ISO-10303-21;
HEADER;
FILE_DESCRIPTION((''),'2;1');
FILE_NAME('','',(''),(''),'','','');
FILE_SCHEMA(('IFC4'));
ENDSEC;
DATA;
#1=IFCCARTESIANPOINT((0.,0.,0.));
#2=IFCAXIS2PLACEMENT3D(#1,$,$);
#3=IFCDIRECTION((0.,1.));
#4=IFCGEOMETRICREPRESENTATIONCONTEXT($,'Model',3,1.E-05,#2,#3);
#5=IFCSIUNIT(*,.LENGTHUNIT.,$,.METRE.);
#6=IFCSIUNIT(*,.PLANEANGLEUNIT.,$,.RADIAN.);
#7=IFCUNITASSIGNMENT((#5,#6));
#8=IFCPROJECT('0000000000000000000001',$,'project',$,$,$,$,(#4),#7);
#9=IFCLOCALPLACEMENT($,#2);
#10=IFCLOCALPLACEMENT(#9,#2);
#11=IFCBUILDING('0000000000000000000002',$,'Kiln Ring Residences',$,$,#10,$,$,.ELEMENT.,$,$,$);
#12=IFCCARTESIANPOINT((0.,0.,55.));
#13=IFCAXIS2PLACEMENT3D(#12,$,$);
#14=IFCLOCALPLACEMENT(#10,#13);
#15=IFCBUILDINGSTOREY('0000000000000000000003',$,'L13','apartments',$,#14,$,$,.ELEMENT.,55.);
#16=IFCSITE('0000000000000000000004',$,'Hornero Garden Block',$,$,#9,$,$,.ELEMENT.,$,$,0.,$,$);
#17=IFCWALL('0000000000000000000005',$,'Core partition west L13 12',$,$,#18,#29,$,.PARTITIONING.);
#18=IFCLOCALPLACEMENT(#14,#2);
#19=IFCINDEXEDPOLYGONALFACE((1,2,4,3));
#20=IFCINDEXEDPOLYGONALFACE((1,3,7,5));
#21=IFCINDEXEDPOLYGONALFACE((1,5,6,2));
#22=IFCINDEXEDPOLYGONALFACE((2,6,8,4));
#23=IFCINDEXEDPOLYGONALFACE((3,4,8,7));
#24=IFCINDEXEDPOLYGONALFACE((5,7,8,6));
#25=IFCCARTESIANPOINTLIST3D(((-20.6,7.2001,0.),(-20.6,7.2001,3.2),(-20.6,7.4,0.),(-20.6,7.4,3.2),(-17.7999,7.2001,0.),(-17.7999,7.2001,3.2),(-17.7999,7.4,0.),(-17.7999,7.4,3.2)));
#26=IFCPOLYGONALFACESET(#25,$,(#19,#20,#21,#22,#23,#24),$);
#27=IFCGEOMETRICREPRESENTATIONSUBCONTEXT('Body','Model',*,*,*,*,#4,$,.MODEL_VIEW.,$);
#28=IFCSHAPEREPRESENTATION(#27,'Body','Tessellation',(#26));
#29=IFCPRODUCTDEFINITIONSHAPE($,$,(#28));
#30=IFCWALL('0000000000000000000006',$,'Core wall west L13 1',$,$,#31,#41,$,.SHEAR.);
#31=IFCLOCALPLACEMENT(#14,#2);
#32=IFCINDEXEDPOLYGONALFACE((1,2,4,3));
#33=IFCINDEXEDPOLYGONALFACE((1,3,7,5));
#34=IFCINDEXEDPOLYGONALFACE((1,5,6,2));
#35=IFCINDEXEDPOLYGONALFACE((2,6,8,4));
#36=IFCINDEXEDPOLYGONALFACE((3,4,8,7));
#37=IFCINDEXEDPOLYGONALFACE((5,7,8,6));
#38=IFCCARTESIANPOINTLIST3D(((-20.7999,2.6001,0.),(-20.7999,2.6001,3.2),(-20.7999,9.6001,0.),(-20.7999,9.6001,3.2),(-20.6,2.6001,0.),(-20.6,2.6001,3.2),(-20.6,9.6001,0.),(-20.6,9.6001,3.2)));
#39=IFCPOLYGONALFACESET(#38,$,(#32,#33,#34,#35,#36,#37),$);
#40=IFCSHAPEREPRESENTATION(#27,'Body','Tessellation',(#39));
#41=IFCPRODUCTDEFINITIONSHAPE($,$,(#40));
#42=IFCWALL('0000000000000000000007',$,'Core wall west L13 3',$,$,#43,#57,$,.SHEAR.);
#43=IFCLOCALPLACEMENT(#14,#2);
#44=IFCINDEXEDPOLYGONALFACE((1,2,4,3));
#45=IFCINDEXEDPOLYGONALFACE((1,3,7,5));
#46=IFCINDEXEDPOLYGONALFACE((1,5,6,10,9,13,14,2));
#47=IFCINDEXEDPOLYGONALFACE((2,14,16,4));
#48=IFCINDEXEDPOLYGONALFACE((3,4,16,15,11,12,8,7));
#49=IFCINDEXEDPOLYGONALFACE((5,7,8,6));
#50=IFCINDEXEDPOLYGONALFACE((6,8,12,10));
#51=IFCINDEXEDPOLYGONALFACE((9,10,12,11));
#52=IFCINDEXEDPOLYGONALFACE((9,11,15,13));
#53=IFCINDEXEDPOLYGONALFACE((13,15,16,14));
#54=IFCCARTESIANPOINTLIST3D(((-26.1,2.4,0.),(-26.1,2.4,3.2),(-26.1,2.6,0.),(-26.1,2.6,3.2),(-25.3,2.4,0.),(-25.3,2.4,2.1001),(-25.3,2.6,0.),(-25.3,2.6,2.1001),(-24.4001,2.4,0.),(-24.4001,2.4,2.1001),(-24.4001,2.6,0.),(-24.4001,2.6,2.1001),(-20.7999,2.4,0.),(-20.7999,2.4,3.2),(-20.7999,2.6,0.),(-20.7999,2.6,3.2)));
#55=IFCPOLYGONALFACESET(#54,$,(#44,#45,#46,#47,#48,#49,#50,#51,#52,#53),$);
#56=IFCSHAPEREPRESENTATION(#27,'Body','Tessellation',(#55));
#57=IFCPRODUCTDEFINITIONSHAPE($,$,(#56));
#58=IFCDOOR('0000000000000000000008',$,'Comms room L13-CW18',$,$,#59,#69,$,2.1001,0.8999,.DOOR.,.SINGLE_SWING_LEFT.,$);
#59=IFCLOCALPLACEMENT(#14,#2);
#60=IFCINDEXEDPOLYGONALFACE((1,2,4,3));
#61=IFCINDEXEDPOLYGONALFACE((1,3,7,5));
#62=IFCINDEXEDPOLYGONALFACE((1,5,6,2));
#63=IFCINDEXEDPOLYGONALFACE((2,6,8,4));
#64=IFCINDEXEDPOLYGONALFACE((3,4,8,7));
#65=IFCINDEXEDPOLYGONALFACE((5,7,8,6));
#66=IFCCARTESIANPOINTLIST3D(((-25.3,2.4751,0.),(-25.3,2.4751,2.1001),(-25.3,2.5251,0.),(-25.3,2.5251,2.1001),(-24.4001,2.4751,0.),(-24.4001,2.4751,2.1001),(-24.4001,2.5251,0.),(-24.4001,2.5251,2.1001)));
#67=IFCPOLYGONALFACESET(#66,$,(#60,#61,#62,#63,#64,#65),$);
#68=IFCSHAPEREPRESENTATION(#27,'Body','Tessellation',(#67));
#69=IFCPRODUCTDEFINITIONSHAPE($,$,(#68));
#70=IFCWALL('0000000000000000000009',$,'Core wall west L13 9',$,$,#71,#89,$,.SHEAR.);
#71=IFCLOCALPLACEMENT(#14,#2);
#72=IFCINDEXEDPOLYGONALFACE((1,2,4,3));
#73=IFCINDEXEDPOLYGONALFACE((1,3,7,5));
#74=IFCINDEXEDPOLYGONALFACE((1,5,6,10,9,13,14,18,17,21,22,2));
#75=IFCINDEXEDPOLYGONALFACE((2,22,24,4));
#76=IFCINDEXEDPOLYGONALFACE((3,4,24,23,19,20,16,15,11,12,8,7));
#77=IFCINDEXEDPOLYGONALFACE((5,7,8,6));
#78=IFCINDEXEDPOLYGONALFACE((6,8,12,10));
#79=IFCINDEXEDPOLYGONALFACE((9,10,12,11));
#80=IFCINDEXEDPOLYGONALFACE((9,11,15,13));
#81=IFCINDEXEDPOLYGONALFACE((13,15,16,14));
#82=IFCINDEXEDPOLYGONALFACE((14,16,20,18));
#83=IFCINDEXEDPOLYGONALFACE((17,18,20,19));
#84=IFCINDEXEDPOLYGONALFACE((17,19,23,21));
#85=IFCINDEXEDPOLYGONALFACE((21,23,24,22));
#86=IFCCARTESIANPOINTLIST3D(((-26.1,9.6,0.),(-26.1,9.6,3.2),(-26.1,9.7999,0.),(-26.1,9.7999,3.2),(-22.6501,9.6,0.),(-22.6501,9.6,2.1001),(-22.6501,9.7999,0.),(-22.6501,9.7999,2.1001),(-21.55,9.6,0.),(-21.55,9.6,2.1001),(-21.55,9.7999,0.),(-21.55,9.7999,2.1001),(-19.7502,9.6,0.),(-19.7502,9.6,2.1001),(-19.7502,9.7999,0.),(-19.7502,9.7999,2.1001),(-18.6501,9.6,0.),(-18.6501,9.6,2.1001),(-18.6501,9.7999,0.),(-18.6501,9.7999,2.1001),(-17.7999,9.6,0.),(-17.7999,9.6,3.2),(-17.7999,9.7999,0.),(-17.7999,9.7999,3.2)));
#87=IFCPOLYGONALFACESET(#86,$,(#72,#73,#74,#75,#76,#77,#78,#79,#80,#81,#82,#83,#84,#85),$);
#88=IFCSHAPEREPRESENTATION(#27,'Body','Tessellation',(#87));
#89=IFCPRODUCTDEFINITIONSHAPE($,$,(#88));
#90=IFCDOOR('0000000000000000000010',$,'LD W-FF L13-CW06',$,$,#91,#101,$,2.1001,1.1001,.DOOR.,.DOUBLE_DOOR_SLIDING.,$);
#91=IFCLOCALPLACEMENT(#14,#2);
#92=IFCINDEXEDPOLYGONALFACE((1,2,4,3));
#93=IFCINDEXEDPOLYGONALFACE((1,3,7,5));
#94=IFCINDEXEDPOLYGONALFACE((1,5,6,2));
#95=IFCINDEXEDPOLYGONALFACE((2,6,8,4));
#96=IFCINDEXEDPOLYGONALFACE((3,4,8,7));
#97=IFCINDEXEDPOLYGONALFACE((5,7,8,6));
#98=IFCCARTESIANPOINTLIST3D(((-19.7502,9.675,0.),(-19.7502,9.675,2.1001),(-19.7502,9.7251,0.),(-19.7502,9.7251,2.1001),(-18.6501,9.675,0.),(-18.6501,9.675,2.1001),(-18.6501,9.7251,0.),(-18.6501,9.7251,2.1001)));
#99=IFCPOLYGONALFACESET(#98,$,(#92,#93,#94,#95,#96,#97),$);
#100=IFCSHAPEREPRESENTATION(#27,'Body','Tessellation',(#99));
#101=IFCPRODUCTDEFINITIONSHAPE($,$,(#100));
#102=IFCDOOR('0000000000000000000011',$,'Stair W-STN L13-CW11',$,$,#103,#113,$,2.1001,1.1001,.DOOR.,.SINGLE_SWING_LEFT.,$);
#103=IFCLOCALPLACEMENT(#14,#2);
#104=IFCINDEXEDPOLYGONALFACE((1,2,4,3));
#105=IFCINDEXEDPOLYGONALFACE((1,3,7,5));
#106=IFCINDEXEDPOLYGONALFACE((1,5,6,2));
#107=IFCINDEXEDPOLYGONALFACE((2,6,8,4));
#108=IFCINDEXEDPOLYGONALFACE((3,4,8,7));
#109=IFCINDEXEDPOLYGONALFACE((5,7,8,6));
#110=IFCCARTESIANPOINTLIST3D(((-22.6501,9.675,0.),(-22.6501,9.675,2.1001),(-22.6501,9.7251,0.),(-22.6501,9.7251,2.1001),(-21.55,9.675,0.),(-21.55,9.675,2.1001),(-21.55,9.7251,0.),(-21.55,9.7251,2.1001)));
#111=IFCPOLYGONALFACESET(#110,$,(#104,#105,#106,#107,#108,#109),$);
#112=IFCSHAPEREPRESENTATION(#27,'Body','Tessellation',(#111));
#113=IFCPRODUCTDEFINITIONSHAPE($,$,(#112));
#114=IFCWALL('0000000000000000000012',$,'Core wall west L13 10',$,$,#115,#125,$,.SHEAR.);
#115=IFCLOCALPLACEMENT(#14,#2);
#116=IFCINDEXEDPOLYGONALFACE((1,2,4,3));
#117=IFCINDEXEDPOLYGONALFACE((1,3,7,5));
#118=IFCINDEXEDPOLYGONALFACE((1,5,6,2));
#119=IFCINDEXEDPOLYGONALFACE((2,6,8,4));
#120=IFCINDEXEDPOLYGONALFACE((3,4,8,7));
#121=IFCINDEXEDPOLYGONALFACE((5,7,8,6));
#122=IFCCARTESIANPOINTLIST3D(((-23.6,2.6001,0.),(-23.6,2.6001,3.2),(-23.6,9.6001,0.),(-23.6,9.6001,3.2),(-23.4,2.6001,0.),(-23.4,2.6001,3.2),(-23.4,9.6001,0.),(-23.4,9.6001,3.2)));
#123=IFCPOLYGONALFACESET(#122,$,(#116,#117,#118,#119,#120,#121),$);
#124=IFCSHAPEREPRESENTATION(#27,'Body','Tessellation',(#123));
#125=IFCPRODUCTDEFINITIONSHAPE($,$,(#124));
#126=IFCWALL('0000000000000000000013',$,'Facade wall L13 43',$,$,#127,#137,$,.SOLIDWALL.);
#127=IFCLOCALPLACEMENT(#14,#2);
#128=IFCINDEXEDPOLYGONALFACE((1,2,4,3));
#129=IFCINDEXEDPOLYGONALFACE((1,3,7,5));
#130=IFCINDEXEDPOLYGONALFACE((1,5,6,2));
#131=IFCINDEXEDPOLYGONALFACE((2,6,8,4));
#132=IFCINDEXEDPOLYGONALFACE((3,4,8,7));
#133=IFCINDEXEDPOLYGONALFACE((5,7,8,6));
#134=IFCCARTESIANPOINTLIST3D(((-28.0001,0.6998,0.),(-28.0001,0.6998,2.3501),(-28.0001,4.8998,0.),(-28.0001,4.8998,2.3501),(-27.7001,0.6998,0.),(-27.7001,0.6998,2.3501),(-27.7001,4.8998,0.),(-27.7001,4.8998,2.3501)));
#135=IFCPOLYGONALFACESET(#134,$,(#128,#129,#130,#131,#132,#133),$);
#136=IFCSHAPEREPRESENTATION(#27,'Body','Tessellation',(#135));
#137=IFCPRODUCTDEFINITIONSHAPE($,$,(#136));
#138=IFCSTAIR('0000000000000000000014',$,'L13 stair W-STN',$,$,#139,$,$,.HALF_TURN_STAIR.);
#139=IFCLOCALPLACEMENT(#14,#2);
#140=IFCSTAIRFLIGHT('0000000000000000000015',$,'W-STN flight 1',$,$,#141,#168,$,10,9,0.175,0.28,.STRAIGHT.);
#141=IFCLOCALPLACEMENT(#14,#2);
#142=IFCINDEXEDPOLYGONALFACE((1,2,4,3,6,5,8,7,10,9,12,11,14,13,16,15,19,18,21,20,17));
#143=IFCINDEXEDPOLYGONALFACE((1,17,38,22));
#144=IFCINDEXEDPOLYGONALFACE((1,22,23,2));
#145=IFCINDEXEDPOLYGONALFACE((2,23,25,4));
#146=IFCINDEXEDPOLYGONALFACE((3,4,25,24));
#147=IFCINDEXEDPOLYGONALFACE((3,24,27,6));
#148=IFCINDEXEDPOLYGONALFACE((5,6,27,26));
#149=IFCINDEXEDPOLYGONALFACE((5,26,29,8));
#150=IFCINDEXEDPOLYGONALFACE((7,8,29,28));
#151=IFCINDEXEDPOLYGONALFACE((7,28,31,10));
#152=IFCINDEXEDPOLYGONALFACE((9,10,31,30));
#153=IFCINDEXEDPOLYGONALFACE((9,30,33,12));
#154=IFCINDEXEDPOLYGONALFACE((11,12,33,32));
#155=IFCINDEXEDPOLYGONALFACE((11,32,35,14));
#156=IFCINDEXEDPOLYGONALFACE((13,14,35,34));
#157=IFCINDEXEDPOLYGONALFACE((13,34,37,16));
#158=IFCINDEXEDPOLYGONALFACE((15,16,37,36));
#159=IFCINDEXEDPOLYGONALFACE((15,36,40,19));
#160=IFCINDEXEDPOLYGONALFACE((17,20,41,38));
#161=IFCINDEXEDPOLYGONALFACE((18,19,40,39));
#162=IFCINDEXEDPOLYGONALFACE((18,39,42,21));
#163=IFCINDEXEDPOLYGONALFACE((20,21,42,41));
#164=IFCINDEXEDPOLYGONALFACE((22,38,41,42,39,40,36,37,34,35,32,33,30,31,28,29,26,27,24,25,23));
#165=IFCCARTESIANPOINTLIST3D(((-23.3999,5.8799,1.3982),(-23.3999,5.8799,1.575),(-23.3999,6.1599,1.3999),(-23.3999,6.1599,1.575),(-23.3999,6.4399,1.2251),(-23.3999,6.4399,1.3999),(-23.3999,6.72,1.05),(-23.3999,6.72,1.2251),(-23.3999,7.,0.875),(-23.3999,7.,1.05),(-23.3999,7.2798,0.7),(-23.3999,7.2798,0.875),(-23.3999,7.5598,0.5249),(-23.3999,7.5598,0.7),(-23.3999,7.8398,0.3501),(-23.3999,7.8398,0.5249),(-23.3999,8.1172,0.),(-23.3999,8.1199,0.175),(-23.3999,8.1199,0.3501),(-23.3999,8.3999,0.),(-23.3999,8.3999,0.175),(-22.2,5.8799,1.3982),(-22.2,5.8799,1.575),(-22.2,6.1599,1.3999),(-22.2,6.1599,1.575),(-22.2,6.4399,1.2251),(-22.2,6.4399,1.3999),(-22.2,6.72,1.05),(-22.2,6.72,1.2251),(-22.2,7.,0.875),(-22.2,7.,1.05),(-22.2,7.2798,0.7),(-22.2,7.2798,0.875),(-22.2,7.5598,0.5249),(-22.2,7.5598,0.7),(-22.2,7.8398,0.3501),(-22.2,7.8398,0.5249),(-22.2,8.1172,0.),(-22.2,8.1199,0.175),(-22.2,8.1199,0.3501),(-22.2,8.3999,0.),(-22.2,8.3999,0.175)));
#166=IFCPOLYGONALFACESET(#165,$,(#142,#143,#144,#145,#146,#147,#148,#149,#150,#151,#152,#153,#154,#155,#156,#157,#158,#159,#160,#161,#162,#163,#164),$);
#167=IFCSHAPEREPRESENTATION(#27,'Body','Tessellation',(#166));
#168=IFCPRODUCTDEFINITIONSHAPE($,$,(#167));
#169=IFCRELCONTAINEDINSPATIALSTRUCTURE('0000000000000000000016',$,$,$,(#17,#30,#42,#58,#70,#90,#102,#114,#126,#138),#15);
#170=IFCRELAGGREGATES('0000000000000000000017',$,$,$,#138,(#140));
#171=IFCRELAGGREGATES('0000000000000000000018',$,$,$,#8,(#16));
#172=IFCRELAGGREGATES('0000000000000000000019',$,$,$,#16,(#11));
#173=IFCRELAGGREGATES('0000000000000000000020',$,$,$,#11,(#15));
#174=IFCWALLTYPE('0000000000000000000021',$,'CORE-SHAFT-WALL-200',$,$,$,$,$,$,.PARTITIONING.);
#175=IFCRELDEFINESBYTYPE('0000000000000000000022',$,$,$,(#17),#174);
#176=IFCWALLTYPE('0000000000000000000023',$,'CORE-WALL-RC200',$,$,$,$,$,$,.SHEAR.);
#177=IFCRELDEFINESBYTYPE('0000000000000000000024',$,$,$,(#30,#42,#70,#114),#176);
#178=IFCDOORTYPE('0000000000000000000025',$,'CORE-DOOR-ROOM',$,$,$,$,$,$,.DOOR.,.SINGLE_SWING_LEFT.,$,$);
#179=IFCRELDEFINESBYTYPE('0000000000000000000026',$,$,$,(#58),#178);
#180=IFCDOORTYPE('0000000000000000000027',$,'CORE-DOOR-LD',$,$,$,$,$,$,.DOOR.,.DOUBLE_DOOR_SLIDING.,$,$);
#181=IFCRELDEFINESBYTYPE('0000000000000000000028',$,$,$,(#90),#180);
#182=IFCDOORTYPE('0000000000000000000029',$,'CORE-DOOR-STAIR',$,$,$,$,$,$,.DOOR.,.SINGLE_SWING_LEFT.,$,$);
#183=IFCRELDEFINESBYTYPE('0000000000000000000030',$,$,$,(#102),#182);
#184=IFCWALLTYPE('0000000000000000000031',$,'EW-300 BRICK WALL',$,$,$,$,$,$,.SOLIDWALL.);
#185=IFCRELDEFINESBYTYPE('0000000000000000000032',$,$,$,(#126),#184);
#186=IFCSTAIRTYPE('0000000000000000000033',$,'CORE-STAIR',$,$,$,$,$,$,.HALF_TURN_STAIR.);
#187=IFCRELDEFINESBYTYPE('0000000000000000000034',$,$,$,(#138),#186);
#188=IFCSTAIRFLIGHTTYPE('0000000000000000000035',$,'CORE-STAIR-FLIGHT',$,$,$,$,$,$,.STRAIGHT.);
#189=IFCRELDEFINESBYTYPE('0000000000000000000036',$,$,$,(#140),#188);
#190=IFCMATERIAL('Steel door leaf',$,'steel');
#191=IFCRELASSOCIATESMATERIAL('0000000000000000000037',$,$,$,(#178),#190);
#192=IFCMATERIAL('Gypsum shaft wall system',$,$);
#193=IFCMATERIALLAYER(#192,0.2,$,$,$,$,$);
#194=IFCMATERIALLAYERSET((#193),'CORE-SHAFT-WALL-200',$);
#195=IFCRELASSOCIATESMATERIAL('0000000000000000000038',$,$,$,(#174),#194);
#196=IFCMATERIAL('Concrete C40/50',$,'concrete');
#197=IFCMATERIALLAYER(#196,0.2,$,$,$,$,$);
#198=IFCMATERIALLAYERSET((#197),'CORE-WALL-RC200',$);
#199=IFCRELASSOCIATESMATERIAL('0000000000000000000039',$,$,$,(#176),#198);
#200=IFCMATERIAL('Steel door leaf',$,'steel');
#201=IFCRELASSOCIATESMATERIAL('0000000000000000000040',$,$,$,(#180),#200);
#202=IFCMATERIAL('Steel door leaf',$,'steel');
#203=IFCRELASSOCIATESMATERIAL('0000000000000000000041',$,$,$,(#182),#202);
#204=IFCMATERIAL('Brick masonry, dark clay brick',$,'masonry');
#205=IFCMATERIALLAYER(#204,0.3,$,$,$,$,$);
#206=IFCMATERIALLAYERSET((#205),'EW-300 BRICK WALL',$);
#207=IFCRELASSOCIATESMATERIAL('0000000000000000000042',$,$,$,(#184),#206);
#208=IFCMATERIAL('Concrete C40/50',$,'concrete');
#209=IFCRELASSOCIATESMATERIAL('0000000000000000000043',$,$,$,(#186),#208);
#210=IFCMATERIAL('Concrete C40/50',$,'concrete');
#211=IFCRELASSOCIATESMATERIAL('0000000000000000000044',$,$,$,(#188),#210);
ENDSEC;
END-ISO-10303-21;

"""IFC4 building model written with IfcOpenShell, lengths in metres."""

from ifc_helpers import new_model, si_unit, direction, frame, frame_2d, origin, place, context, subcontext, project, spatial, polyline, rectangle, outline, extrude, material, layer, layer_set, type_object, element, fill, aggregate, save


model = new_model("IFC4")

# Units and contexts
model_context = context("Model", 3, precision=1e-05, world=origin(), true_north=direction((0.0, 1.0)))
body_context = subcontext(model_context, "Body", "Model", "MODEL_VIEW")
ifc_project = project(units=[si_unit("LENGTHUNIT", "METRE"), si_unit("PLANEANGLEUNIT", "RADIAN")], contexts=[model_context])

# Site, building, storey
site_placement = place(None, origin())
site = spatial("IfcSite", under=ifc_project, at=site_placement, Name="Hornero Garden Block", CompositionType="ELEMENT", RefElevation=0.0)
building_placement = place(site_placement, origin())
building = spatial("IfcBuilding", under=site, at=building_placement, Name="Kiln Ring Residences", CompositionType="ELEMENT")
storey_placement = place(building_placement, frame((0.0, 0.0, 55.0)))
storey = spatial("IfcBuildingStorey", under=building, at=storey_placement, Name="L13", Description="apartments", CompositionType="ELEMENT", Elevation=55.0)

# Shared definitions
ifc_material_1 = material(Name="Steel door leaf", Category="steel")
door_type_1 = type_object("IfcDoorType", Name="CORE-DOOR-ROOM", OperationType="SINGLE_SWING_LEFT", PredefinedType="DOOR", material=ifc_material_1)

# Walls
ifc_material_2 = material(Name="Gypsum shaft wall system")
ifc_layer_1 = layer(ifc_material_2, 0.2)
ifc_layer_set_1 = layer_set([ifc_layer_1], Name="CORE-SHAFT-WALL-200")
wall_type_1 = type_object("IfcWallType", Name="CORE-SHAFT-WALL-200", PredefinedType="PARTITIONING", material=ifc_layer_set_1)
wall_1_placement = place(storey_placement, frame((-17.8, 7.3, 0.0), z_axis=(0.0, 0.0, 1.0), x_axis=(-1.0, 0.0, 0.0)))
element("IfcWall", 1, at=wall_1_placement, inside=storey, type_object=wall_type_1, Name="Core partition west L13 12", PredefinedType="PARTITIONING", context=body_context, shape_type="SweptSolid", body=[
    extrude(rectangle(XDim=2.8, YDim=0.2, at=frame_2d((1.3999, 0.0))), origin(), (0.0, 0.0, 1.0), 3.2),
])
ifc_material_3 = material(Name="Concrete C40/50", Category="concrete")
ifc_layer_2 = layer(ifc_material_3, 0.2)
ifc_layer_set_2 = layer_set([ifc_layer_2], Name="CORE-WALL-RC200")
wall_type_2 = type_object("IfcWallType", Name="CORE-WALL-RC200", PredefinedType="SHEAR", material=ifc_layer_set_2)
wall_2_placement = place(storey_placement, frame((-20.7, 2.6001, 0.0), z_axis=(0.0, 0.0, 1.0), x_axis=(0.0, 1.0, 0.0)))
element("IfcWall", 2, at=wall_2_placement, inside=storey, type_object=wall_type_2, Name="Core wall west L13 1", PredefinedType="SHEAR", context=body_context, shape_type="SweptSolid", body=[
    extrude(rectangle(XDim=7.0, YDim=0.2, at=frame_2d((3.5, 0.0))), origin(), (0.0, 0.0, 1.0), 3.2),
])

# Wall, opening, door
wall_3_placement = place(storey_placement, frame((-20.8, 2.5, 0.0), z_axis=(0.0, 0.0, 1.0), x_axis=(-1.0, 0.0, 0.0)))
wall_3 = element("IfcWall", 3, at=wall_3_placement, inside=storey, type_object=wall_type_2, Name="Core wall west L13 3", PredefinedType="SHEAR", context=body_context, shape_type="SweptSolid", body=[
    extrude(rectangle(XDim=5.3, YDim=0.2, at=frame_2d((2.6499, 0.0))), origin(), (0.0, 0.0, 1.0), 3.2),
])
opening_1_placement = place(wall_3_placement, frame((3.6001, 0.0, 0.0)))
opening_1 = element("IfcOpeningElement", 4, at=opening_1_placement, cuts=wall_3, PredefinedType="OPENING", context=body_context, shape_type="SweptSolid", body=[
    extrude(rectangle(XDim=0.8999, YDim=2.1001, at=frame_2d((0.45, 1.05))), frame((0.0, 0.1099, 0.0), z_axis=(0.0, -1.0, 0.0), x_axis=(1.0, 0.0, 0.0)), (0.0, 0.0, 1.0), 0.22),
])
door_1_placement = place(opening_1_placement, origin())
door_1 = element("IfcDoor", 5, at=door_1_placement, inside=storey, type_object=door_type_1, Name="Comms room L13-CW18", OperationType="SINGLE_SWING_LEFT", OverallHeight=2.1001, OverallWidth=0.8999, PredefinedType="DOOR", context=body_context, shape_type="SweptSolid", body=[
    extrude(rectangle(XDim=0.8999, YDim=2.1001, at=frame_2d((0.45, 1.05))), frame((0.0, 0.0249, 0.0), z_axis=(0.0, -1.0, 0.0), x_axis=(1.0, 0.0, 0.0)), (0.0, 0.0, 1.0), 0.05),
])
fill(opening_1, door_1)

# Wall, openings, doors
wall_4_placement = place(storey_placement, frame((-17.8, 9.7, 0.0), z_axis=(0.0, 0.0, 1.0), x_axis=(-1.0, 0.0, 0.0)))
wall_4 = element("IfcWall", 6, at=wall_4_placement, inside=storey, type_object=wall_type_2, Name="Core wall west L13 9", PredefinedType="SHEAR", context=body_context, shape_type="SweptSolid", body=[
    extrude(rectangle(XDim=8.3, YDim=0.2, at=frame_2d((4.1499, 0.0))), origin(), (0.0, 0.0, 1.0), 3.2),
])
opening_2_placement = place(wall_4_placement, frame((0.8501, 0.0, 0.0)))
opening_2 = element("IfcOpeningElement", 7, at=opening_2_placement, cuts=wall_4, PredefinedType="OPENING", context=body_context, shape_type="SweptSolid", body=[
    extrude(rectangle(XDim=1.1001, YDim=2.1001, at=frame_2d((0.55, 1.05))), frame((0.0, 0.1099, 0.0), z_axis=(0.0, -1.0, 0.0), x_axis=(1.0, 0.0, 0.0)), (0.0, 0.0, 1.0), 0.22),
])
opening_3_placement = place(wall_4_placement, frame((3.75, 0.0, 0.0)))
opening_3 = element("IfcOpeningElement", 8, at=opening_3_placement, cuts=wall_4, PredefinedType="OPENING", context=body_context, shape_type="SweptSolid", body=[
    extrude(rectangle(XDim=1.1001, YDim=2.1001, at=frame_2d((0.55, 1.05))), frame((0.0, 0.1099, 0.0), z_axis=(0.0, -1.0, 0.0), x_axis=(1.0, 0.0, 0.0)), (0.0, 0.0, 1.0), 0.22),
])
ifc_material_4 = material(Name="Steel door leaf", Category="steel")
door_type_2 = type_object("IfcDoorType", Name="CORE-DOOR-LD", OperationType="DOUBLE_DOOR_SLIDING", PredefinedType="DOOR", material=ifc_material_4)
door_2_placement = place(opening_2_placement, origin())
door_2 = element("IfcDoor", 9, at=door_2_placement, inside=storey, type_object=door_type_2, Name="LD W-FF L13-CW06", OperationType="DOUBLE_DOOR_SLIDING", OverallHeight=2.1001, OverallWidth=1.1001, PredefinedType="DOOR", context=body_context, shape_type="SweptSolid", body=[
    extrude(rectangle(XDim=1.1001, YDim=2.1001, at=frame_2d((0.55, 1.05))), frame((0.0, 0.0249, 0.0), z_axis=(0.0, -1.0, 0.0), x_axis=(1.0, 0.0, 0.0)), (0.0, 0.0, 1.0), 0.05),
])
fill(opening_2, door_2)
ifc_material_5 = material(Name="Steel door leaf", Category="steel")
door_type_3 = type_object("IfcDoorType", Name="CORE-DOOR-STAIR", OperationType="SINGLE_SWING_LEFT", PredefinedType="DOOR", material=ifc_material_5)
door_3_placement = place(opening_3_placement, origin())
door_3 = element("IfcDoor", 10, at=door_3_placement, inside=storey, type_object=door_type_3, Name="Stair W-STN L13-CW11", OperationType="SINGLE_SWING_LEFT", OverallHeight=2.1001, OverallWidth=1.1001, PredefinedType="DOOR", context=body_context, shape_type="SweptSolid", body=[
    extrude(rectangle(XDim=1.1001, YDim=2.1001, at=frame_2d((0.55, 1.05))), frame((0.0, 0.0249, 0.0), z_axis=(0.0, -1.0, 0.0), x_axis=(1.0, 0.0, 0.0)), (0.0, 0.0, 1.0), 0.05),
])
fill(opening_3, door_3)

# Walls
wall_5_placement = place(storey_placement, frame((-23.5, 2.6001, 0.0), z_axis=(0.0, 0.0, 1.0), x_axis=(0.0, 1.0, 0.0)))
element("IfcWall", 11, at=wall_5_placement, inside=storey, type_object=wall_type_2, Name="Core wall west L13 10", PredefinedType="SHEAR", context=body_context, shape_type="SweptSolid", body=[
    extrude(rectangle(XDim=7.0, YDim=0.2, at=frame_2d((3.5, 0.0))), origin(), (0.0, 0.0, 1.0), 3.2),
])
ifc_material_6 = material(Name="Brick masonry, dark clay brick", Category="masonry")
ifc_layer_3 = layer(ifc_material_6, 0.3)
ifc_layer_set_3 = layer_set([ifc_layer_3], Name="EW-300 BRICK WALL")
wall_type_3 = type_object("IfcWallType", Name="EW-300 BRICK WALL", PredefinedType="SOLIDWALL", material=ifc_layer_set_3)
wall_6_placement = place(storey_placement, frame((-27.8501, 4.8999, 0.0), z_axis=(0.0, 0.0, 1.0), x_axis=(0.0, -1.0, 0.0)))
element("IfcWall", 12, at=wall_6_placement, inside=storey, type_object=wall_type_3, Name="Facade wall L13 43", PredefinedType="SOLIDWALL", context=body_context, shape_type="SweptSolid", body=[
    extrude(rectangle(XDim=4.2, YDim=0.3, at=frame_2d((2.1001, 0.0))), origin(), (0.0, 0.0, 1.0), 2.3501),
])

# Stair, stair flight
ifc_material_7 = material(Name="Concrete C40/50", Category="concrete")
stair_type = type_object("IfcStairType", Name="CORE-STAIR", PredefinedType="HALF_TURN_STAIR", material=ifc_material_7)
stair_placement = place(storey_placement, origin())
stair = element("IfcStair", 13, at=stair_placement, inside=storey, type_object=stair_type, Name="L13 stair W-STN", PredefinedType="HALF_TURN_STAIR")
ifc_material_8 = material(Name="Concrete C40/50", Category="concrete")
stair_flight_type = type_object("IfcStairFlightType", Name="CORE-STAIR-FLIGHT", PredefinedType="STRAIGHT", material=ifc_material_8)
stair_flight_1_placement = place(storey_placement, frame((-22.8, 8.3999, 0.0), z_axis=(0.0, 0.0, 1.0), x_axis=(0.0, -1.0, 0.0)))
stair_flight_1 = element("IfcStairFlight", 14, at=stair_flight_1_placement, type_object=stair_flight_type, Name="W-STN flight 1", NumberOfRisers=10, NumberOfTreads=9, PredefinedType="STRAIGHT", RiserHeight=0.175, TreadLength=0.28, context=body_context, shape_type="SweptSolid", body=[
    extrude(outline(polyline([(0.0, 0.0), (0.0, 0.175), (0.28, 0.175), (0.28, 0.3501), (0.5601, 0.3501), (0.5601, 0.5249), (0.8401, 0.5249), (0.8401, 0.7), (1.1201, 0.7), (1.1201, 0.875), (1.3999, 0.875), (1.3999, 1.05), (1.6799, 1.05), (1.6799, 1.2251), (1.96, 1.2251), (1.96, 1.3999), (2.24, 1.3999), (2.24, 1.575), (2.52, 1.575), (2.52, 1.75), (2.52, 1.3982), (0.2827, 0.0), (0.0, 0.0)])), frame((0.0, 0.6001, 0.0), z_axis=(0.0, -1.0, 0.0), x_axis=(1.0, 0.0, 0.0)), (0.0, 0.0, 1.0), 1.2),
])
aggregate(stair, [stair_flight_1])

save(model, "model.ifc")
